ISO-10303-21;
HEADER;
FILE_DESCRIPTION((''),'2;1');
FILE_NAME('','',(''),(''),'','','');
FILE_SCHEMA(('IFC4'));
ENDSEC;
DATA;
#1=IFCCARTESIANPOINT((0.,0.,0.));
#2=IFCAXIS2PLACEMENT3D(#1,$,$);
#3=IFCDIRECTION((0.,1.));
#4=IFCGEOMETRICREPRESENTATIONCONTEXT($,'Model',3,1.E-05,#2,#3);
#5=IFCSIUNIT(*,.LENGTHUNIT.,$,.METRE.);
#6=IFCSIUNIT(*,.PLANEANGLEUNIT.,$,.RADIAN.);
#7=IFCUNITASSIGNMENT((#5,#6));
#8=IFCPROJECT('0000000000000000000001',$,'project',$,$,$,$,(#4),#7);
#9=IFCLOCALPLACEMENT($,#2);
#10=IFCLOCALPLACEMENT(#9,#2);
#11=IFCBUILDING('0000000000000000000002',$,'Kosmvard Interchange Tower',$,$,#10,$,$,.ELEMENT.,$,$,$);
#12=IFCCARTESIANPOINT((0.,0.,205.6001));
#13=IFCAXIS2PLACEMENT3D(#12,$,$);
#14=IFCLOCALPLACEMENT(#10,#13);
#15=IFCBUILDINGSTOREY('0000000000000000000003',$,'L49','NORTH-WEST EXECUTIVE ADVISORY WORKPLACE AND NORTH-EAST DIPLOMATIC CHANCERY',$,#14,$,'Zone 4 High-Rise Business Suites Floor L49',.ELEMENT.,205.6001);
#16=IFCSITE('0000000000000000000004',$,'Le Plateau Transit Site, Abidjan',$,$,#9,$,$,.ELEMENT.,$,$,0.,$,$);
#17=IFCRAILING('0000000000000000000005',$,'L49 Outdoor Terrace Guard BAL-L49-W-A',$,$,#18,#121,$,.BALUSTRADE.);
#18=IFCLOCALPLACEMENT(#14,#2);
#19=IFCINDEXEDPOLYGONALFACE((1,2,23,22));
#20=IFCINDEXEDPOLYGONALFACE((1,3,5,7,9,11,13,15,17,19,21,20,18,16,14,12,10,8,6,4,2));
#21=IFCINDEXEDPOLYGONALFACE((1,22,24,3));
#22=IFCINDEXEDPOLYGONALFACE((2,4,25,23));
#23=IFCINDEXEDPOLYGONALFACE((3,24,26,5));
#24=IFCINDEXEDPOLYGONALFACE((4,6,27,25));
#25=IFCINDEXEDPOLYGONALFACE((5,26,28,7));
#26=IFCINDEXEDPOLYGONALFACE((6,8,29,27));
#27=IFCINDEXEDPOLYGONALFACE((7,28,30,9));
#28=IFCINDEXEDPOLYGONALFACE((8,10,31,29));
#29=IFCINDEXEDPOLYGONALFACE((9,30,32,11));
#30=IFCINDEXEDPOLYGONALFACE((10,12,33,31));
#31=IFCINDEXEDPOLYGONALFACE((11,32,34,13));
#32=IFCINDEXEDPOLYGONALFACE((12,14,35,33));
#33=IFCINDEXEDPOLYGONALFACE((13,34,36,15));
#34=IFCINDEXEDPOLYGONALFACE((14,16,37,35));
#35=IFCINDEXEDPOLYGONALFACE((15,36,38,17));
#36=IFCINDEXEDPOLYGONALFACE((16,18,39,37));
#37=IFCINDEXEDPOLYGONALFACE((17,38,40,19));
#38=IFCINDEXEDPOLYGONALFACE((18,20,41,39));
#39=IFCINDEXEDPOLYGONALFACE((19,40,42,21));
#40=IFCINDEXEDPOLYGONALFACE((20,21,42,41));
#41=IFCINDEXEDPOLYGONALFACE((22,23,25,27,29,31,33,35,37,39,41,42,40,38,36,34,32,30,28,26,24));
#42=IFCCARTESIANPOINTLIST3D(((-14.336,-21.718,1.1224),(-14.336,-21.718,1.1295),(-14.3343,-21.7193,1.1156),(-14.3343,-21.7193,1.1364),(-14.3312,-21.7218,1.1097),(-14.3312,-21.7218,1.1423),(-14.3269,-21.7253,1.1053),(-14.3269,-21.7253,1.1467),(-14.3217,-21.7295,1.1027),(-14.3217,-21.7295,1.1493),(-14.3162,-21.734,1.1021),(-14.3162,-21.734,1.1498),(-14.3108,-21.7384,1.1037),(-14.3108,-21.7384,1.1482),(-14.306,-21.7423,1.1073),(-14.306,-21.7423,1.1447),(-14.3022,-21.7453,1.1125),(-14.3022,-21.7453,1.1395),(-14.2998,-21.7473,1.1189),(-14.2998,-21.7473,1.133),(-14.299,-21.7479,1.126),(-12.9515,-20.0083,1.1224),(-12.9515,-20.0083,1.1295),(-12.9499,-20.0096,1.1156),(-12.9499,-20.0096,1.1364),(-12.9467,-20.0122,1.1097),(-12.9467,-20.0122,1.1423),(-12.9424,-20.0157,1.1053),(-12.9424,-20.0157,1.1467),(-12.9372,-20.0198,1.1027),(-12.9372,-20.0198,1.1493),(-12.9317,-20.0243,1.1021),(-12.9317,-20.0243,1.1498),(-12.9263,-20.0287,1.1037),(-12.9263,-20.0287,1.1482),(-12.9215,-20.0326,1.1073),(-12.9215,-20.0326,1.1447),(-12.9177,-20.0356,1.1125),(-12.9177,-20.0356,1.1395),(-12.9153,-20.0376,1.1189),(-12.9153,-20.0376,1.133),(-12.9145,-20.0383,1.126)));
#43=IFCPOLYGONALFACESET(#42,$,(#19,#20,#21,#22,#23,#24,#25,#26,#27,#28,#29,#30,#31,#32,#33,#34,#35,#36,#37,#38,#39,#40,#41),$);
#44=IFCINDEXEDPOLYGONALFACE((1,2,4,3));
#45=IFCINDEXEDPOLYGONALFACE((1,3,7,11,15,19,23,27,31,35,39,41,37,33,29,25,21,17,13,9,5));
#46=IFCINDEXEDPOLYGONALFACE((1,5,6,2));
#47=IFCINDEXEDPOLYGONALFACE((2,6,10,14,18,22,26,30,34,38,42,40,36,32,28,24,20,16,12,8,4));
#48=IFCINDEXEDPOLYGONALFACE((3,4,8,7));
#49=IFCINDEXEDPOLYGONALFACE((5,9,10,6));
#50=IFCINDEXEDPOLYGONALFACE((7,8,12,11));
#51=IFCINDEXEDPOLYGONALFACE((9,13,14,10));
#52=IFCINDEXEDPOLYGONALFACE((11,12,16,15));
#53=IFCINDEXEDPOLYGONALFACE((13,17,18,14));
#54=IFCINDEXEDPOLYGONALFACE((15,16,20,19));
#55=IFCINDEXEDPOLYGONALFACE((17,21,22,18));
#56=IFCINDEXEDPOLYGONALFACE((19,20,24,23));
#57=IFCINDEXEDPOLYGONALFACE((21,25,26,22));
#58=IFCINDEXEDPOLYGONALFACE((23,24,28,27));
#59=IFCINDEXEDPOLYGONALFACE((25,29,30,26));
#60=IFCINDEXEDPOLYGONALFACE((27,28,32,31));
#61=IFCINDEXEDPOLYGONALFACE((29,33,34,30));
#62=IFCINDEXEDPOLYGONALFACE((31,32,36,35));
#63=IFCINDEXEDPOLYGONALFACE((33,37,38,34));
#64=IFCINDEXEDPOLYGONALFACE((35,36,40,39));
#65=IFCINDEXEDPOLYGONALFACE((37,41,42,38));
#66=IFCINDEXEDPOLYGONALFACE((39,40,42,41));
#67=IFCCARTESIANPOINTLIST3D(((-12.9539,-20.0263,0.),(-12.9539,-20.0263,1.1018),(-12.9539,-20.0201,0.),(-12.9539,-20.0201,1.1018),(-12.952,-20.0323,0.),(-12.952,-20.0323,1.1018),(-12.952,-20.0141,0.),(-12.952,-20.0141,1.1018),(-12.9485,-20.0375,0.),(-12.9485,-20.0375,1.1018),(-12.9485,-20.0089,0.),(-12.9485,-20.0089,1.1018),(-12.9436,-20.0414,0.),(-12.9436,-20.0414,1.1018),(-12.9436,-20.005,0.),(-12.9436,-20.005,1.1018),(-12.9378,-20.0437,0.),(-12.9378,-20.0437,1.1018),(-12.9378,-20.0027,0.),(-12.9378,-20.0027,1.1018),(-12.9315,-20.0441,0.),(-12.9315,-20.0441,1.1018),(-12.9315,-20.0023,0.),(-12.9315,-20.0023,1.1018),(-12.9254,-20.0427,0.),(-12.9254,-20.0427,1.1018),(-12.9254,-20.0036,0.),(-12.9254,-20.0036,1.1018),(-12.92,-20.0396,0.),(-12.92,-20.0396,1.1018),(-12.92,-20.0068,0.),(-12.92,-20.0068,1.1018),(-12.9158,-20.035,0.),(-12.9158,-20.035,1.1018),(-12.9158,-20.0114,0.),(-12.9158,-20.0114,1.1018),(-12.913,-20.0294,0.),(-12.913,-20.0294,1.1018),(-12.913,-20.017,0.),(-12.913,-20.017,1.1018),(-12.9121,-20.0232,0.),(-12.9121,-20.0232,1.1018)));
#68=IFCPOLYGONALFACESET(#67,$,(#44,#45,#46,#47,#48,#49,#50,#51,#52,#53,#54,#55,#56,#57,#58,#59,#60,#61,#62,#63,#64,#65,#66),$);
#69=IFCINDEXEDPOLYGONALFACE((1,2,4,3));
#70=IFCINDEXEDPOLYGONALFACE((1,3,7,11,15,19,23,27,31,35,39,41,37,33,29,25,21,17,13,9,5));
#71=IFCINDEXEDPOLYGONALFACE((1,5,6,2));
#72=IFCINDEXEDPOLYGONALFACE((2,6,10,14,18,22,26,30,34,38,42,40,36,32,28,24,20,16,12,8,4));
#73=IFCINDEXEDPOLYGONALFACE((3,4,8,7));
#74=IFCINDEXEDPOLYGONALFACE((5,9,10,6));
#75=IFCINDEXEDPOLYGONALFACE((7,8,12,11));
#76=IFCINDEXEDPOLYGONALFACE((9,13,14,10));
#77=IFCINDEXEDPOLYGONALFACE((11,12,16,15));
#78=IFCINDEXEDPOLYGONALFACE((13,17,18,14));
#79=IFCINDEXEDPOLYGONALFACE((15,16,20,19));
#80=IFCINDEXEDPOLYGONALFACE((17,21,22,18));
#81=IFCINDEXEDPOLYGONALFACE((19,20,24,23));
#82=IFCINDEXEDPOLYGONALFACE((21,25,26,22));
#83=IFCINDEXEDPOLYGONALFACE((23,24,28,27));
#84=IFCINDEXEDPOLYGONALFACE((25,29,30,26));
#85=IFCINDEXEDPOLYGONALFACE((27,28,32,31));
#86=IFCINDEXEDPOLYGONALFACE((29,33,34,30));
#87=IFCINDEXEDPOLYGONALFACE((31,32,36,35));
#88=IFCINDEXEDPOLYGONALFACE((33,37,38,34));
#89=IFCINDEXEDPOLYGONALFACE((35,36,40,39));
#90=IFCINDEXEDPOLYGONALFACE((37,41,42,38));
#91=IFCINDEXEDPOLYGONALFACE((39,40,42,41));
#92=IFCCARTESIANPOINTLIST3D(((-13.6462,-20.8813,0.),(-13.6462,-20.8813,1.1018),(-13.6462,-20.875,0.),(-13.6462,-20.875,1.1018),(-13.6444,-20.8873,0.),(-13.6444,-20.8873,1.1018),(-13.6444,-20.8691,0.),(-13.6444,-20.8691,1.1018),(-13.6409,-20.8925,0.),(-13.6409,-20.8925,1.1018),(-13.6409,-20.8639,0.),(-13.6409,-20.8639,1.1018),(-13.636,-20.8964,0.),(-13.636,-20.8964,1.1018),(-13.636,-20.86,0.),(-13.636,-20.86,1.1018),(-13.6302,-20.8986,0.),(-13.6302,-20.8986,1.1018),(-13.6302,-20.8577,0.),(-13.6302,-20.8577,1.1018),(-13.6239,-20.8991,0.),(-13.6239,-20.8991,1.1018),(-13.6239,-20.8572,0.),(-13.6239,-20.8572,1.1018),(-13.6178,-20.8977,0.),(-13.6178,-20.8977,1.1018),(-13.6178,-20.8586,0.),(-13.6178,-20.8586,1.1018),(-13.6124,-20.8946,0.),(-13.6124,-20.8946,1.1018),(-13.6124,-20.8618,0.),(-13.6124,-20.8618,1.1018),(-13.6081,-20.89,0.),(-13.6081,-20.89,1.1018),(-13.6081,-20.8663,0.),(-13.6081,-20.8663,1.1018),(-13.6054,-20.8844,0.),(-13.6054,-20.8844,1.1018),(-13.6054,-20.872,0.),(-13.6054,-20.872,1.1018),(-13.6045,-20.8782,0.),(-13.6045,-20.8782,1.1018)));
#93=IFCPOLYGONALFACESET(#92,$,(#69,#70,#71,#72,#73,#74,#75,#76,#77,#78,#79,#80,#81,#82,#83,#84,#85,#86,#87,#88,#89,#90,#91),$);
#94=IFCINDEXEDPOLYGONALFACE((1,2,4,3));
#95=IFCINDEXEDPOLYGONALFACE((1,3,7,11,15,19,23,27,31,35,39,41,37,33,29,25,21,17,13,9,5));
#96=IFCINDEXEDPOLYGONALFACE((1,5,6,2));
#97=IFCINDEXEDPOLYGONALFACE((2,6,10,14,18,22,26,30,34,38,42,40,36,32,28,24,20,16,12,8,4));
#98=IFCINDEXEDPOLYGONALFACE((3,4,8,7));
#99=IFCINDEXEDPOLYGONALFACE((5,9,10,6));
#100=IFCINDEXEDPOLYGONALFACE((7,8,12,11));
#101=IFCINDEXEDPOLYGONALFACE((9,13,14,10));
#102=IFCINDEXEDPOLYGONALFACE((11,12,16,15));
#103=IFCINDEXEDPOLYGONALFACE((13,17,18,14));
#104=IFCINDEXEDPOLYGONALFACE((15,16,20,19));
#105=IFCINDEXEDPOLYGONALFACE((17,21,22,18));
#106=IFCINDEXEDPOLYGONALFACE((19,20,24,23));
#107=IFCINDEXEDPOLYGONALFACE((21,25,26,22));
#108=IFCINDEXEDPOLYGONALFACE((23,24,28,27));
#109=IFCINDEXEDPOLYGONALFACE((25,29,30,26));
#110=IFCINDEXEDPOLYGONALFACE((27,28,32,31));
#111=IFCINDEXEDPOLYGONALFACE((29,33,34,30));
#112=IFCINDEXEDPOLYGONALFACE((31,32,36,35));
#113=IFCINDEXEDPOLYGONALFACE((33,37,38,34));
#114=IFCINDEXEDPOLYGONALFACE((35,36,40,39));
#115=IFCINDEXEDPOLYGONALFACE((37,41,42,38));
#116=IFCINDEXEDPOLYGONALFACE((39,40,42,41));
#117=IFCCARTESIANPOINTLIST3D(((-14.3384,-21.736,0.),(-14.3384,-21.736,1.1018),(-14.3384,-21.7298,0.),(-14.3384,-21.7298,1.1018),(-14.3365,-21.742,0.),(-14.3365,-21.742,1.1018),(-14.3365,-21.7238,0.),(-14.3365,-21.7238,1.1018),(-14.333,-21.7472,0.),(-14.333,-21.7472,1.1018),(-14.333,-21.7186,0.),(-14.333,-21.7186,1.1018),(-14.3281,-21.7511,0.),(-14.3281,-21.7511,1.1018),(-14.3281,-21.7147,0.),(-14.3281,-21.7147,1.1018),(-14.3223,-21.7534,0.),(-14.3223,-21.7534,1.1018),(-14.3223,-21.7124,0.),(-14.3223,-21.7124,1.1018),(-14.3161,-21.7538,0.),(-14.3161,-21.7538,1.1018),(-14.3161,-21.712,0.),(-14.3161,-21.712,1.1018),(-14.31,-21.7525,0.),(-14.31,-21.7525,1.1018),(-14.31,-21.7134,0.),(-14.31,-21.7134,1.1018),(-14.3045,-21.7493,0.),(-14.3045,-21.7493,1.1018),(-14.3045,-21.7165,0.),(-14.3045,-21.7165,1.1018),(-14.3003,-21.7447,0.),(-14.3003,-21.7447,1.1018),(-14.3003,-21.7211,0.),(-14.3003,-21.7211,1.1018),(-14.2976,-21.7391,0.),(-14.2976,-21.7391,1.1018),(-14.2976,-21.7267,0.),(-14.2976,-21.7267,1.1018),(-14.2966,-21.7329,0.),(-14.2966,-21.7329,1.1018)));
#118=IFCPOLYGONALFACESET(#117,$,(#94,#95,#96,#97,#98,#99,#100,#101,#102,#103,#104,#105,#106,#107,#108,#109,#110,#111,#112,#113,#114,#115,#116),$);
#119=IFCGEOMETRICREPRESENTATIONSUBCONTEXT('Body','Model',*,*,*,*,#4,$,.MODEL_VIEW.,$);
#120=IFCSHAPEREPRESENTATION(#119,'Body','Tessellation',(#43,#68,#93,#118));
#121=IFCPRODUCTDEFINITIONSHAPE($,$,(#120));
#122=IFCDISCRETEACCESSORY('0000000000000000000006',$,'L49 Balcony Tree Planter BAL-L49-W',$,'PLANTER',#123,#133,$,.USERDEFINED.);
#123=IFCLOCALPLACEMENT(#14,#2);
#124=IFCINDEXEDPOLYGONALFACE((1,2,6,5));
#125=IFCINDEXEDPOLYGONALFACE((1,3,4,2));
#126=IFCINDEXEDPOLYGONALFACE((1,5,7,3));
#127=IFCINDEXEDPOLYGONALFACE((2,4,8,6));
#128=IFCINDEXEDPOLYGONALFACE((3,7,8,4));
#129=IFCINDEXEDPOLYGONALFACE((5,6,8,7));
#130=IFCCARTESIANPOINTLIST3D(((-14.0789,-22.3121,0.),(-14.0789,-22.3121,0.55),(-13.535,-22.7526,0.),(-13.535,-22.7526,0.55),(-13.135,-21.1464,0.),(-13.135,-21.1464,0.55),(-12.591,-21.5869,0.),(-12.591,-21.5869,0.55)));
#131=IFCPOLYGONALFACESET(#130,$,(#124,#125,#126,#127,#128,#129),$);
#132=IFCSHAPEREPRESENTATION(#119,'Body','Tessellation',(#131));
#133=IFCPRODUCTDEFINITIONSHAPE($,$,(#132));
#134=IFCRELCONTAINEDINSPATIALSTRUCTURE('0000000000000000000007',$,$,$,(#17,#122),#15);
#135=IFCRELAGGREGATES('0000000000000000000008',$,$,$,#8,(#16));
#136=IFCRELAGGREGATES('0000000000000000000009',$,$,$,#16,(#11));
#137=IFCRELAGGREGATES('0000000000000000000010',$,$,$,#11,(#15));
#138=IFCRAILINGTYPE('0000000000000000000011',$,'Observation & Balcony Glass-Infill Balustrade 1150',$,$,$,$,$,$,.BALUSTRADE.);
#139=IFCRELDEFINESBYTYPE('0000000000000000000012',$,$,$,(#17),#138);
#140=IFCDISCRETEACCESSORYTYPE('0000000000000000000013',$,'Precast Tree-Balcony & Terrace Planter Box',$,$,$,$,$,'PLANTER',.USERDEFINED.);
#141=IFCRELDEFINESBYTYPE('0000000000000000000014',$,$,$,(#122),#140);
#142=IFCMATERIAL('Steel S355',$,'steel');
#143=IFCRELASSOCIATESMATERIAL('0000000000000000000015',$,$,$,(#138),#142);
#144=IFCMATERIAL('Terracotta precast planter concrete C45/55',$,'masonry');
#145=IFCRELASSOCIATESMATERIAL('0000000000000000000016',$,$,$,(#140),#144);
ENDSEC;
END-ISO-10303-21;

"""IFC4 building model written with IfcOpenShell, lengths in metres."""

from ifc_helpers import new_model, si_unit, direction, frame, origin, origin_2d, place, context, subcontext, project, spatial, rectangle, circle, extrude, source, transform, mapped, material, type_object, element, save


model = new_model("IFC4")

# Units and contexts
model_context = context("Model", 3, precision=1e-05, world=origin(), true_north=direction((0.0, 1.0)))
body_context = subcontext(model_context, "Body", "Model", "MODEL_VIEW")
ifc_project = project(units=[si_unit("LENGTHUNIT", "METRE"), si_unit("PLANEANGLEUNIT", "RADIAN")], contexts=[model_context])

# Site, building, storey
site_placement = place(None, origin())
site = spatial("IfcSite", under=ifc_project, at=site_placement, Name="Le Plateau Transit Site, Abidjan", CompositionType="ELEMENT", RefElevation=0.0)
building_placement = place(site_placement, origin())
building = spatial("IfcBuilding", under=site, at=building_placement, Name="Kosmvard Interchange Tower", CompositionType="ELEMENT")
storey_placement = place(building_placement, frame((0.0, 0.0, 205.6001)))
storey = spatial("IfcBuildingStorey", under=building, at=storey_placement, Name="L49", Description="NORTH-WEST EXECUTIVE ADVISORY WORKPLACE AND NORTH-EAST DIPLOMATIC CHANCERY", LongName="Zone 4 High-Rise Business Suites Floor L49", CompositionType="ELEMENT", Elevation=205.6001)

# Shared definitions
ifc_material_1 = material(Name="Steel S355", Category="steel")

# Railing
railing_type = type_object("IfcRailingType", Name="Observation & Balcony Glass-Infill Balustrade 1150", PredefinedType="BALUSTRADE", material=ifc_material_1)
shared_shape_1 = source(origin(), body_context, "Body", "SweptSolid", [
    extrude(circle(Radius=0.0239, at=origin_2d()), frame((0.0, 0.0, 1.126), z_axis=(-0.629326, -0.777141, 0.0), x_axis=(0.777141, -0.629326, 0.0)), (0.0, 0.0, 1.0), 2.2),
    extrude(circle(Radius=0.021, at=origin_2d()), origin(), (0.0, 0.0, 1.0), 1.1018),
    extrude(circle(Radius=0.021, at=origin_2d()), frame((-0.6924, -0.855, 0.0)), (0.0, 0.0, 1.0), 1.1018),
    extrude(circle(Radius=0.021, at=origin_2d()), frame((-1.3845, -1.7097, 0.0)), (0.0, 0.0, 1.0), 1.1018),
])
railing_1_placement = place(storey_placement, frame((-12.9331, -20.0232, 0.0)))
element("IfcRailing", 1, at=railing_1_placement, inside=storey, type_object=railing_type, Name="L49 Outdoor Terrace Guard BAL-L49-W-A", PredefinedType="BALUSTRADE", context=body_context, shape_type="MappedRepresentation", body=[
    mapped(shared_shape_1, transform((0.0, 0.0, 0.0), scale=1.0)),
])

# Discrete accessory
ifc_material_2 = material(Name="Terracotta precast planter concrete C45/55", Category="masonry")
discrete_accessory_type = type_object("IfcDiscreteAccessoryType", Name="Precast Tree-Balcony & Terrace Planter Box", ElementType="PLANTER", PredefinedType="USERDEFINED", material=ifc_material_2)
shared_shape_2 = source(origin(), body_context, "Body", "SweptSolid", [
    extrude(rectangle(XDim=1.5, YDim=0.7, at=origin_2d()), origin(), (0.0, 0.0, 1.0), 0.55),
])
discrete_accessory_placement = place(storey_placement, frame((-13.335, -21.9495, 0.0), z_axis=(0.0, 0.0, 1.0), x_axis=(0.62932, 0.777146, 0.0)))
element("IfcDiscreteAccessory", 2, at=discrete_accessory_placement, inside=storey, type_object=discrete_accessory_type, Name="L49 Balcony Tree Planter BAL-L49-W", ObjectType="PLANTER", PredefinedType="USERDEFINED", context=body_context, shape_type="MappedRepresentation", body=[
    mapped(shared_shape_2, transform((0.0, 0.0, 0.0), scale=1.0)),
])

save(model, "model.ifc")
